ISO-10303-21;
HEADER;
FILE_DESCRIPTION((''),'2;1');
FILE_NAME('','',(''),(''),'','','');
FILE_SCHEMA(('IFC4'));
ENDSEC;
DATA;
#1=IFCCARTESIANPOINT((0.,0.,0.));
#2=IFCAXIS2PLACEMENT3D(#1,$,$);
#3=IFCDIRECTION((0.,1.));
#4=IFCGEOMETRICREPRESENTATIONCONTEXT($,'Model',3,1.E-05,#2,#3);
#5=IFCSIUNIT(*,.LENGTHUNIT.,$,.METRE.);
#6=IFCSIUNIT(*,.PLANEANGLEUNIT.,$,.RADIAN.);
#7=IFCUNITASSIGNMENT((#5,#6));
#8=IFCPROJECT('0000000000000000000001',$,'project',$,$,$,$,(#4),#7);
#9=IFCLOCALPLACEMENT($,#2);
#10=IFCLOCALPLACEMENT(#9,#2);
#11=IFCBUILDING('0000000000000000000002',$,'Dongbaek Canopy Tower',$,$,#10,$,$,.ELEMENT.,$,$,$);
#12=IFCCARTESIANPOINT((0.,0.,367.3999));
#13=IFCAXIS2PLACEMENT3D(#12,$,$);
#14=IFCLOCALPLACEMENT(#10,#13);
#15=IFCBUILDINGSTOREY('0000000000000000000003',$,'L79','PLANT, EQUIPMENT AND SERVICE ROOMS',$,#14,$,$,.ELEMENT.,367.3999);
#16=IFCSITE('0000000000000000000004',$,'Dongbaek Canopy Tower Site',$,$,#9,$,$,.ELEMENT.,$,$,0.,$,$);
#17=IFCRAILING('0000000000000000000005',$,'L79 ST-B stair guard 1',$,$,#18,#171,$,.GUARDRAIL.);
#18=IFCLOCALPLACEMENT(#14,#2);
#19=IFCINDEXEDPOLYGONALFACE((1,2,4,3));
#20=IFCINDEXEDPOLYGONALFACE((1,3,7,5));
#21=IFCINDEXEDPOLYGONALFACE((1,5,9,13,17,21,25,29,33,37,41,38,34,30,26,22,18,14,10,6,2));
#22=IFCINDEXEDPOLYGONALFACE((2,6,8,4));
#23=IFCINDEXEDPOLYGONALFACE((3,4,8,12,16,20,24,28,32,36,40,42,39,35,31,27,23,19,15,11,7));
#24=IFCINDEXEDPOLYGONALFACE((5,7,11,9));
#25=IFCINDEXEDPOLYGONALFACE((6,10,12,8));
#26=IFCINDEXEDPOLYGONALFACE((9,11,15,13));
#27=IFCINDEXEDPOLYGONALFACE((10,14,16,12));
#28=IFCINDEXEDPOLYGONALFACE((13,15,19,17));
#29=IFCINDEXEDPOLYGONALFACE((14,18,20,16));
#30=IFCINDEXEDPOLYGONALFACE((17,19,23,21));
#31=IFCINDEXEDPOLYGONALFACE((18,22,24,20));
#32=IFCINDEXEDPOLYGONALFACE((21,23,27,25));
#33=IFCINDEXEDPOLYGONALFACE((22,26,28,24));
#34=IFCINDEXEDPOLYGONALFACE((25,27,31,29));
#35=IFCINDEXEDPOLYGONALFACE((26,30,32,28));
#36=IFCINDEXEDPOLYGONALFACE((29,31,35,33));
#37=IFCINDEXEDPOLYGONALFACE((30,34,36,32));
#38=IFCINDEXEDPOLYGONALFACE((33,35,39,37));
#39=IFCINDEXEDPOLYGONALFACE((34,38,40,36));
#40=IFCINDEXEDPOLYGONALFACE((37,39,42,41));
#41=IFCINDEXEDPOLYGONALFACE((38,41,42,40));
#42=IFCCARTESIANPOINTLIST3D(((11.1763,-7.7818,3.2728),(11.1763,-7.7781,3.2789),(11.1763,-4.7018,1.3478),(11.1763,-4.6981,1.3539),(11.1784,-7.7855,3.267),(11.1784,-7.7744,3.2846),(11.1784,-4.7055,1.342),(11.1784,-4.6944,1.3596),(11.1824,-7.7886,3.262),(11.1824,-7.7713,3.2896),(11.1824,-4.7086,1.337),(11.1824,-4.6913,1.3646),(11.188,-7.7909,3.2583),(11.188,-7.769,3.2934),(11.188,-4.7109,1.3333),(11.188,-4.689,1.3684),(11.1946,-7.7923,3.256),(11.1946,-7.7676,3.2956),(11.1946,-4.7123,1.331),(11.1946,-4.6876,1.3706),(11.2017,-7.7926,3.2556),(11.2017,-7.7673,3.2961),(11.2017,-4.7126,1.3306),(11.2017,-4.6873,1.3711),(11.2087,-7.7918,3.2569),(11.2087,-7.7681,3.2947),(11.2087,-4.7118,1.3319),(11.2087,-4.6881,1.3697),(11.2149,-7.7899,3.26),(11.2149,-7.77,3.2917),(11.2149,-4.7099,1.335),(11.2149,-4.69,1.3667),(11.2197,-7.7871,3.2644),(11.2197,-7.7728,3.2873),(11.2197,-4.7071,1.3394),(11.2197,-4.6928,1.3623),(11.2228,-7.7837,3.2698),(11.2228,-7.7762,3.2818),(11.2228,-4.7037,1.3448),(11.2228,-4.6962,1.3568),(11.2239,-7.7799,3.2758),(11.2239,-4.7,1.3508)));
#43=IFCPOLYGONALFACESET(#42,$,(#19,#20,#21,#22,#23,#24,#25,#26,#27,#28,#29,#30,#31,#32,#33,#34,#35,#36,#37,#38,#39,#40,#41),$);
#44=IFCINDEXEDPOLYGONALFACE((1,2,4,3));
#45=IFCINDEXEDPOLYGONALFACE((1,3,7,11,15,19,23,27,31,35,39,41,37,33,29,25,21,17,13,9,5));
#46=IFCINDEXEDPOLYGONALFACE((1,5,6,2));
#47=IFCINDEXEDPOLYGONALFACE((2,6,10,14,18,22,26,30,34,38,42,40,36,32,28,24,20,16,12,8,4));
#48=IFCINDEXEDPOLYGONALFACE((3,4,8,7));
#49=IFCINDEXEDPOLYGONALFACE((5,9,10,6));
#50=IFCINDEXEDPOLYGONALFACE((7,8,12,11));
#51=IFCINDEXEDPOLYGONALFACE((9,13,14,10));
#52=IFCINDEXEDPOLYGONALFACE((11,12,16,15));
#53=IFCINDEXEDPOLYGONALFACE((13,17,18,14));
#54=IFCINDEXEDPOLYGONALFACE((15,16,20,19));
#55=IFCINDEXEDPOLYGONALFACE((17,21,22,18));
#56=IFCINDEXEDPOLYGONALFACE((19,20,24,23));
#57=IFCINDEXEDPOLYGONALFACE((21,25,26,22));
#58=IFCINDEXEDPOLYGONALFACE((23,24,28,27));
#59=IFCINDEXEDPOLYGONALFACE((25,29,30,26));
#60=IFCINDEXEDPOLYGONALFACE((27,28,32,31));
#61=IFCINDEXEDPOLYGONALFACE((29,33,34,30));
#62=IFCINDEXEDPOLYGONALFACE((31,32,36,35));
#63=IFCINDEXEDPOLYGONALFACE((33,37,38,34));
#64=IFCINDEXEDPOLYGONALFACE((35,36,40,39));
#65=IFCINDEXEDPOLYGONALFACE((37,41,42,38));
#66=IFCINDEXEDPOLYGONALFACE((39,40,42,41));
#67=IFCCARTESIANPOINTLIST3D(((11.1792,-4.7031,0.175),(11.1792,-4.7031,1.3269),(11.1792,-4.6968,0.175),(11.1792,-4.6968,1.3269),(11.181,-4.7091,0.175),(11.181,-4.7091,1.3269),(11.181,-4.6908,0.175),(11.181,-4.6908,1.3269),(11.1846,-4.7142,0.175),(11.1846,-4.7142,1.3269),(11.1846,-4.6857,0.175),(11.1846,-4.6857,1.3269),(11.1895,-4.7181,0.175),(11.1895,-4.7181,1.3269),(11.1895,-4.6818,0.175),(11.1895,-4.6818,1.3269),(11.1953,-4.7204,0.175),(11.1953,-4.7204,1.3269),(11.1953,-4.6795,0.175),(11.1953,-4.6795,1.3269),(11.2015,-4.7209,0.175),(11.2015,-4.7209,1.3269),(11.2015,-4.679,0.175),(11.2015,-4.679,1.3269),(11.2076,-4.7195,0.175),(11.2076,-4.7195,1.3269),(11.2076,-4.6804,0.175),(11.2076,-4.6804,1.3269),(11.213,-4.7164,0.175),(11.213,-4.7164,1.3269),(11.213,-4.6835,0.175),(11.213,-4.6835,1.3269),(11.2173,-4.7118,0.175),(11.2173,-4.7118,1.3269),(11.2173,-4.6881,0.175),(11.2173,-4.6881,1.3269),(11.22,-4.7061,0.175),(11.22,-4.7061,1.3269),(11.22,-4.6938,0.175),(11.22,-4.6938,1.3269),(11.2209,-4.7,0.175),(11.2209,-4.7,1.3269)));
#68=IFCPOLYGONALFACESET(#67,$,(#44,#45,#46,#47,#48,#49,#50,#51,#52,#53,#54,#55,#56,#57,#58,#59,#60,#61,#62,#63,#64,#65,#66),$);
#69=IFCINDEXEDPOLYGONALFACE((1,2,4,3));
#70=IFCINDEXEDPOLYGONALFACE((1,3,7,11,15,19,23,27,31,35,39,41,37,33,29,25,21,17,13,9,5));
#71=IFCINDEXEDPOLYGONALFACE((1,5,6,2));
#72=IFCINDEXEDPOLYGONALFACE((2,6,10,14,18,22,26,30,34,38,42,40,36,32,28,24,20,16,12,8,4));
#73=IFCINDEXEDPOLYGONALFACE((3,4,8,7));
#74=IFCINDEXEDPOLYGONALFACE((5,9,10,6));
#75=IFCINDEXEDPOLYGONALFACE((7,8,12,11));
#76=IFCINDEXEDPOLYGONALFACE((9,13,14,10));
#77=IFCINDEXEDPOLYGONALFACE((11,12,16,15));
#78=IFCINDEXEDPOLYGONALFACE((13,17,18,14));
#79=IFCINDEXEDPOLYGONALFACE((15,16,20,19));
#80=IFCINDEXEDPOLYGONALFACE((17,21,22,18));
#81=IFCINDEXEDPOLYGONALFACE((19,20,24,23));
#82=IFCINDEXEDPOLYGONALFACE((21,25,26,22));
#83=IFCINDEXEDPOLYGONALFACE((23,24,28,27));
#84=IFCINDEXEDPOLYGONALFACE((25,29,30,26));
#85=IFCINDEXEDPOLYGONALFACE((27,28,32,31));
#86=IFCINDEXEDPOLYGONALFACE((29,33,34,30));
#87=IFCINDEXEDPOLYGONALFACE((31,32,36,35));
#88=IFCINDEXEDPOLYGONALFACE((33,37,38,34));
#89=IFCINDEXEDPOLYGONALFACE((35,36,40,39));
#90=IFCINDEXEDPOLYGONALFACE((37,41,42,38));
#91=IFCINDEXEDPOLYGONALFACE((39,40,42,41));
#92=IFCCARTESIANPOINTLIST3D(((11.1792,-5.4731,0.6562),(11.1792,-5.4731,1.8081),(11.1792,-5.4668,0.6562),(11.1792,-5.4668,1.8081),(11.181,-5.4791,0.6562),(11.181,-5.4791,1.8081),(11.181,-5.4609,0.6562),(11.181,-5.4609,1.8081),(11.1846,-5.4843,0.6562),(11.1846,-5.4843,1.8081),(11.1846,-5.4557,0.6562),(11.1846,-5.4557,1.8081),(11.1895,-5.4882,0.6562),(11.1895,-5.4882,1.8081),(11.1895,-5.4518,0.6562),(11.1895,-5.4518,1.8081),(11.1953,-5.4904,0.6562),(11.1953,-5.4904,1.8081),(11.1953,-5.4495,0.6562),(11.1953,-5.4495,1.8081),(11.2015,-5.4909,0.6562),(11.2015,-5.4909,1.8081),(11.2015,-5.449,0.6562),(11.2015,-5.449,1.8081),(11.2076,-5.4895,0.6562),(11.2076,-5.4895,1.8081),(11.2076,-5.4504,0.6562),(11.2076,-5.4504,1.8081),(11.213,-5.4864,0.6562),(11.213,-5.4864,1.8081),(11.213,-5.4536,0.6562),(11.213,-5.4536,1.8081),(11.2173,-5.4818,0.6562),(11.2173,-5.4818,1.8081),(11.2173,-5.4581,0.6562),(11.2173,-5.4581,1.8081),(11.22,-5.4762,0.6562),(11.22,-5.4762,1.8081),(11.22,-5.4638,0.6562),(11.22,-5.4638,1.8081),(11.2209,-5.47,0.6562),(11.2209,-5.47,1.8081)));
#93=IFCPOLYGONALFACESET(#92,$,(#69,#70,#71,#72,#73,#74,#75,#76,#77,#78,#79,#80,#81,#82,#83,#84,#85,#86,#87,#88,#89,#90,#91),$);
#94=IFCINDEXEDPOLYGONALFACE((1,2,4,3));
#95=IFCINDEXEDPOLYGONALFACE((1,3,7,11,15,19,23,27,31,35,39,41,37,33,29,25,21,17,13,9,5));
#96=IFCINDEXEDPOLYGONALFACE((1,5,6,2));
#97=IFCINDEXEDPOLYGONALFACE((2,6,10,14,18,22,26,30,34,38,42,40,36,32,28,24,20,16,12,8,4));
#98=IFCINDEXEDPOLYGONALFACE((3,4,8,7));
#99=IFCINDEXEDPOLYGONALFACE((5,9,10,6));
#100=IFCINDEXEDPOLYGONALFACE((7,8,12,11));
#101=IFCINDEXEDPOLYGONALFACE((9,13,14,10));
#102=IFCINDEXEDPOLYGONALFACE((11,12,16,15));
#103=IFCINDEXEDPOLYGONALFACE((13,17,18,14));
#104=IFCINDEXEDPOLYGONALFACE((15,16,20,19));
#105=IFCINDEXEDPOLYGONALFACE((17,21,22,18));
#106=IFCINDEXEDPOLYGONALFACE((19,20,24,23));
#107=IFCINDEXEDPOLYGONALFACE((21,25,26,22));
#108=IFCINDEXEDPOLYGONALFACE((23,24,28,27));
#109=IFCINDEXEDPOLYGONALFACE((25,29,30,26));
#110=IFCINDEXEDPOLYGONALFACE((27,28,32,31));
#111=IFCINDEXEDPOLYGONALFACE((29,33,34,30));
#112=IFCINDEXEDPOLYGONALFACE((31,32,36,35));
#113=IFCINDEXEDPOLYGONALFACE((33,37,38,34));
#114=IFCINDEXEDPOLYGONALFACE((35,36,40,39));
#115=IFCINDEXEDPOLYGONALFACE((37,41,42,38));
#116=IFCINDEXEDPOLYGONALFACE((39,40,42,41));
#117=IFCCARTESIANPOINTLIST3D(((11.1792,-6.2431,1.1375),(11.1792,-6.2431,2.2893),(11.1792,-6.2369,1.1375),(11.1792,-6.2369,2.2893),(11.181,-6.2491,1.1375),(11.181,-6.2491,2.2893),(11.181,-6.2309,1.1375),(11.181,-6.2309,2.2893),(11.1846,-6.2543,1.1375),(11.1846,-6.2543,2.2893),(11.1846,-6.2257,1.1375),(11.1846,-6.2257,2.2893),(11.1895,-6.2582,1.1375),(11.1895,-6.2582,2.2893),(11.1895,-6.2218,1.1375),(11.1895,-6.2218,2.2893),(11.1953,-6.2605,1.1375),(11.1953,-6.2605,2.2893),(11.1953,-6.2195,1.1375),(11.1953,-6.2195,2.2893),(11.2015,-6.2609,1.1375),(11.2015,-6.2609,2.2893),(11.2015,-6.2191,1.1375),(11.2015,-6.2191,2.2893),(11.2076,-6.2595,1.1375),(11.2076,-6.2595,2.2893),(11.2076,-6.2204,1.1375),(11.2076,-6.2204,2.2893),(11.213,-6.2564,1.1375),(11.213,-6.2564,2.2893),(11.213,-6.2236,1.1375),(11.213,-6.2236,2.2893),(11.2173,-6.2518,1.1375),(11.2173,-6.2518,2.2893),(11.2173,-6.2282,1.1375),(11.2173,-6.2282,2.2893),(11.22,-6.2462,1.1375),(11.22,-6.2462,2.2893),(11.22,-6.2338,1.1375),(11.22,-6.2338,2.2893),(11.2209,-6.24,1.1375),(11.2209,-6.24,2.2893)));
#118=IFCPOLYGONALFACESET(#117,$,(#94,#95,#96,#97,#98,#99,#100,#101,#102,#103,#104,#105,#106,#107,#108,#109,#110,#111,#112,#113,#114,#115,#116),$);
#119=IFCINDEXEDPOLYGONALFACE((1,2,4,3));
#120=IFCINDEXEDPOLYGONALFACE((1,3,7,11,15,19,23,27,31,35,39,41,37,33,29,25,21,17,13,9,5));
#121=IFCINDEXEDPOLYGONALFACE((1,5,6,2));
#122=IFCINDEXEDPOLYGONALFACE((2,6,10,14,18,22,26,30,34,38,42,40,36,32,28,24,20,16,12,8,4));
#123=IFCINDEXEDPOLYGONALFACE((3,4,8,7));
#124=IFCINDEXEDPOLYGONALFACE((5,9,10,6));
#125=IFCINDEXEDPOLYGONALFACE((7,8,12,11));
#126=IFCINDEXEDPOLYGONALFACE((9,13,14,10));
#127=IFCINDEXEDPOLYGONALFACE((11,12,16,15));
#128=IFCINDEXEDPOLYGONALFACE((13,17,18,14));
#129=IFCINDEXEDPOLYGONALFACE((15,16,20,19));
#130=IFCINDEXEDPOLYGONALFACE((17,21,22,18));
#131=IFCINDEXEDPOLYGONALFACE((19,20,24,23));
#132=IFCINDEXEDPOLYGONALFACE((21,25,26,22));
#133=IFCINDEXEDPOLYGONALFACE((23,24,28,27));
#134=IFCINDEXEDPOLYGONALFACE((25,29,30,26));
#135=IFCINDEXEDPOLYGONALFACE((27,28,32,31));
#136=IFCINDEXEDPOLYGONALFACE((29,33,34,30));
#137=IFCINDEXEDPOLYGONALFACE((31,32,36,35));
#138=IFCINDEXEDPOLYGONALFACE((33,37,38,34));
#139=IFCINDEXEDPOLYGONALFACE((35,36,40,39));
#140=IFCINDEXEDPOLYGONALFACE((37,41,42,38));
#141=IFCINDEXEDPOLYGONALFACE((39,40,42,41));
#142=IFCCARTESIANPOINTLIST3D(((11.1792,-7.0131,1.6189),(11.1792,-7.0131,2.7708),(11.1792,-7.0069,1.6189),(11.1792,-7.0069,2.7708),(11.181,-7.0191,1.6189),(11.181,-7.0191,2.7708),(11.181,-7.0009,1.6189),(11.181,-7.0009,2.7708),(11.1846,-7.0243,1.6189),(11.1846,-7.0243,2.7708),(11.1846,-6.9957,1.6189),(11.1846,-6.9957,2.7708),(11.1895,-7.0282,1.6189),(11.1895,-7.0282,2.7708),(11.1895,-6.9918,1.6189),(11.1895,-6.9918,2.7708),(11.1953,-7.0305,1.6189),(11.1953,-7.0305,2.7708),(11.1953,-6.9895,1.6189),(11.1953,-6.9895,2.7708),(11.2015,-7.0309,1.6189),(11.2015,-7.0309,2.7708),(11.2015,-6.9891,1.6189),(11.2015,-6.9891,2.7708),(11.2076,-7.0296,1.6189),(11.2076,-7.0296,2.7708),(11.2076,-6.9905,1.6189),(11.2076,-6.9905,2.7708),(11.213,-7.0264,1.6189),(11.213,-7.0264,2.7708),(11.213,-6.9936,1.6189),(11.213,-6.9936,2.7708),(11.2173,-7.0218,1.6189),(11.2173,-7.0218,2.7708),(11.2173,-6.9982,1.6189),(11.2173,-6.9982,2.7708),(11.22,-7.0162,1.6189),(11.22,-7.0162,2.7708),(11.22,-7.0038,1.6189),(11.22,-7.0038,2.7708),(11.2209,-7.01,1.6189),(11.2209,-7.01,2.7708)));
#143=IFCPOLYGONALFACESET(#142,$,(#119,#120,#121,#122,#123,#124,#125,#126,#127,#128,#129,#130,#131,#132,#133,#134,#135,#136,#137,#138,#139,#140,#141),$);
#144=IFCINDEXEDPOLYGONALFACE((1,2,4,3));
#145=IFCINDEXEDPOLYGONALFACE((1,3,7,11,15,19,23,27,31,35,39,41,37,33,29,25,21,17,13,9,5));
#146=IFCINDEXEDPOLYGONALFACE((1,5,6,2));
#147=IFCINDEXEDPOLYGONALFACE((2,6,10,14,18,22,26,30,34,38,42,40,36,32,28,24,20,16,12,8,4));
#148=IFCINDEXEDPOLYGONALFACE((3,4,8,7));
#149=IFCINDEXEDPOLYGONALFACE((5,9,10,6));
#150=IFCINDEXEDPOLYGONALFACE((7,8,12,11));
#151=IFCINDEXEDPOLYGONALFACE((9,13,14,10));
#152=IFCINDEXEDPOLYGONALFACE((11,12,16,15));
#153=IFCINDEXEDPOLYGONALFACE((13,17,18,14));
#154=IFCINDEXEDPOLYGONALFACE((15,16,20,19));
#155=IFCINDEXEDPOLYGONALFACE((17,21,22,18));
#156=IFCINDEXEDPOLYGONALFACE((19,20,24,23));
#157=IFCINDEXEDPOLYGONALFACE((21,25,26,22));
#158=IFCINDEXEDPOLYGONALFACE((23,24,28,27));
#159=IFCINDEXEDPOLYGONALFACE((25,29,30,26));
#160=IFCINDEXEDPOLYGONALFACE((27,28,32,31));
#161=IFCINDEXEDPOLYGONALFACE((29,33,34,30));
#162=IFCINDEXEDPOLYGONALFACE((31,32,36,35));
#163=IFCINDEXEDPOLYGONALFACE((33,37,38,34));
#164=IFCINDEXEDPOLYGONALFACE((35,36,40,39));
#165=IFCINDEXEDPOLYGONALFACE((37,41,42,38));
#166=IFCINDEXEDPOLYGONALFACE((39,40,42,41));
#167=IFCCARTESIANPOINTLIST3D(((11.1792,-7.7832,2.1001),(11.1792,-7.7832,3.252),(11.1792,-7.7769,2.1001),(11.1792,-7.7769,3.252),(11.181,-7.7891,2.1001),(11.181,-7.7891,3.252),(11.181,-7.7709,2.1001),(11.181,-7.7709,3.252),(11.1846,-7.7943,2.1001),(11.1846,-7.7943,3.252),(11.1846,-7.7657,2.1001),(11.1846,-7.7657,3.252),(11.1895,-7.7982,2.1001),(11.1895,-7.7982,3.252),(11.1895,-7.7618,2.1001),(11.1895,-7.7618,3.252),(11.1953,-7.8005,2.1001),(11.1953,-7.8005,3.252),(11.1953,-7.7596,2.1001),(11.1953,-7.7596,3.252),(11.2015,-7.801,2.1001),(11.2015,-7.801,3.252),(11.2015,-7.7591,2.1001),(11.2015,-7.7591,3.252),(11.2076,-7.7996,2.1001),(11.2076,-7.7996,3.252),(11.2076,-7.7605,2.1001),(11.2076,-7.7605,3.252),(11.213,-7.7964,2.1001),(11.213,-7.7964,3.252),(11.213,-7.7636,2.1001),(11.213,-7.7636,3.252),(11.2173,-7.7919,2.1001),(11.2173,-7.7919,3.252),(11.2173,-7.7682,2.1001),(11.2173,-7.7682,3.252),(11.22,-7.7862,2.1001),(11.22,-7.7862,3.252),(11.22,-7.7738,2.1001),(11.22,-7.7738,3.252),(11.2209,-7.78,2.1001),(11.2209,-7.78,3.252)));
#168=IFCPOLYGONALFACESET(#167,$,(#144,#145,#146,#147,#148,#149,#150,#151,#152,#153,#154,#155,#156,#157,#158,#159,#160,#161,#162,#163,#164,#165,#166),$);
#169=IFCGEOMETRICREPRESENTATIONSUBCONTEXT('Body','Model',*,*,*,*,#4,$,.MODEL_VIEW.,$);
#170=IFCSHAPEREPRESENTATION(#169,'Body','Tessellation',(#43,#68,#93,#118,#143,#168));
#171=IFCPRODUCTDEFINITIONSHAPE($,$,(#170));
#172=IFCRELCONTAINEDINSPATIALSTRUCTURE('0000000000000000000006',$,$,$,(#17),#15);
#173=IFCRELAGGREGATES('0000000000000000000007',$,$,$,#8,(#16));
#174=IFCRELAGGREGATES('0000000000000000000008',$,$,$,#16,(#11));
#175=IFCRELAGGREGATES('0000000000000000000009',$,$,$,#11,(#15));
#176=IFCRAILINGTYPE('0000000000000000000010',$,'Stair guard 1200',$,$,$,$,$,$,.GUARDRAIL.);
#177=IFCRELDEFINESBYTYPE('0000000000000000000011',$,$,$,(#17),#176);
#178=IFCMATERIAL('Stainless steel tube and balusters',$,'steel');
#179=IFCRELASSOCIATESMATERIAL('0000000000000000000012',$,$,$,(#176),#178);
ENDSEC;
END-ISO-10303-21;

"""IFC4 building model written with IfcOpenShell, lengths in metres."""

from ifc_helpers import new_model, si_unit, direction, frame, origin, origin_2d, place, context, subcontext, project, spatial, circle, extrude, material, type_object, element, save


model = new_model("IFC4")

# Units and contexts
model_context = context("Model", 3, precision=1e-05, world=origin(), true_north=direction((0.0, 1.0)))
body_context = subcontext(model_context, "Body", "Model", "MODEL_VIEW")
ifc_project = project(units=[si_unit("LENGTHUNIT", "METRE"), si_unit("PLANEANGLEUNIT", "RADIAN")], contexts=[model_context])

# Site, building, storey
site_placement = place(None, origin())
site = spatial("IfcSite", under=ifc_project, at=site_placement, Name="Dongbaek Canopy Tower Site", CompositionType="ELEMENT", RefElevation=0.0)
building_placement = place(site_placement, origin())
building = spatial("IfcBuilding", under=site, at=building_placement, Name="Dongbaek Canopy Tower", CompositionType="ELEMENT")
storey_placement = place(building_placement, frame((0.0, 0.0, 367.3999)))
storey = spatial("IfcBuildingStorey", under=building, at=storey_placement, Name="L79", Description="PLANT, EQUIPMENT AND SERVICE ROOMS", CompositionType="ELEMENT", Elevation=367.3999)

# Railing
ifc_material_1 = material(Name="Stainless steel tube and balusters", Category="steel")
railing_type_1 = type_object("IfcRailingType", Name="Stair guard 1200", PredefinedType="GUARDRAIL", material=ifc_material_1)
railing_1_placement = place(storey_placement, frame((11.2, -4.7, 0.175)))
element("IfcRailing", 1, at=railing_1_placement, inside=storey, type_object=railing_type_1, Name="L79 ST-B stair guard 1", PredefinedType="GUARDRAIL", context=body_context, shape_type="SweptSolid", body=[
    extrude(circle(Radius=0.0239, at=origin_2d()), frame((0.0, 0.0, 1.1758), z_axis=(0.0, -0.847998, 0.529999), x_axis=(1.0, 0.0, 0.0)), (0.0, 0.0, 1.0), 3.6321),
    extrude(circle(Radius=0.021, at=origin_2d()), origin(), (0.0, 0.0, 1.0), 1.1519),
    extrude(circle(Radius=0.021, at=origin_2d()), frame((0.0, -0.77, 0.4812)), (0.0, 0.0, 1.0), 1.1519),
    extrude(circle(Radius=0.021, at=origin_2d()), frame((0.0, -1.54, 0.9624)), (0.0, 0.0, 1.0), 1.1519),
    extrude(circle(Radius=0.021, at=origin_2d()), frame((0.0, -2.3101, 1.4438)), (0.0, 0.0, 1.0), 1.1519),
    extrude(circle(Radius=0.021, at=origin_2d()), frame((0.0, -3.0801, 1.925)), (0.0, 0.0, 1.0), 1.1519),
])

save(model, "model.ifc")
